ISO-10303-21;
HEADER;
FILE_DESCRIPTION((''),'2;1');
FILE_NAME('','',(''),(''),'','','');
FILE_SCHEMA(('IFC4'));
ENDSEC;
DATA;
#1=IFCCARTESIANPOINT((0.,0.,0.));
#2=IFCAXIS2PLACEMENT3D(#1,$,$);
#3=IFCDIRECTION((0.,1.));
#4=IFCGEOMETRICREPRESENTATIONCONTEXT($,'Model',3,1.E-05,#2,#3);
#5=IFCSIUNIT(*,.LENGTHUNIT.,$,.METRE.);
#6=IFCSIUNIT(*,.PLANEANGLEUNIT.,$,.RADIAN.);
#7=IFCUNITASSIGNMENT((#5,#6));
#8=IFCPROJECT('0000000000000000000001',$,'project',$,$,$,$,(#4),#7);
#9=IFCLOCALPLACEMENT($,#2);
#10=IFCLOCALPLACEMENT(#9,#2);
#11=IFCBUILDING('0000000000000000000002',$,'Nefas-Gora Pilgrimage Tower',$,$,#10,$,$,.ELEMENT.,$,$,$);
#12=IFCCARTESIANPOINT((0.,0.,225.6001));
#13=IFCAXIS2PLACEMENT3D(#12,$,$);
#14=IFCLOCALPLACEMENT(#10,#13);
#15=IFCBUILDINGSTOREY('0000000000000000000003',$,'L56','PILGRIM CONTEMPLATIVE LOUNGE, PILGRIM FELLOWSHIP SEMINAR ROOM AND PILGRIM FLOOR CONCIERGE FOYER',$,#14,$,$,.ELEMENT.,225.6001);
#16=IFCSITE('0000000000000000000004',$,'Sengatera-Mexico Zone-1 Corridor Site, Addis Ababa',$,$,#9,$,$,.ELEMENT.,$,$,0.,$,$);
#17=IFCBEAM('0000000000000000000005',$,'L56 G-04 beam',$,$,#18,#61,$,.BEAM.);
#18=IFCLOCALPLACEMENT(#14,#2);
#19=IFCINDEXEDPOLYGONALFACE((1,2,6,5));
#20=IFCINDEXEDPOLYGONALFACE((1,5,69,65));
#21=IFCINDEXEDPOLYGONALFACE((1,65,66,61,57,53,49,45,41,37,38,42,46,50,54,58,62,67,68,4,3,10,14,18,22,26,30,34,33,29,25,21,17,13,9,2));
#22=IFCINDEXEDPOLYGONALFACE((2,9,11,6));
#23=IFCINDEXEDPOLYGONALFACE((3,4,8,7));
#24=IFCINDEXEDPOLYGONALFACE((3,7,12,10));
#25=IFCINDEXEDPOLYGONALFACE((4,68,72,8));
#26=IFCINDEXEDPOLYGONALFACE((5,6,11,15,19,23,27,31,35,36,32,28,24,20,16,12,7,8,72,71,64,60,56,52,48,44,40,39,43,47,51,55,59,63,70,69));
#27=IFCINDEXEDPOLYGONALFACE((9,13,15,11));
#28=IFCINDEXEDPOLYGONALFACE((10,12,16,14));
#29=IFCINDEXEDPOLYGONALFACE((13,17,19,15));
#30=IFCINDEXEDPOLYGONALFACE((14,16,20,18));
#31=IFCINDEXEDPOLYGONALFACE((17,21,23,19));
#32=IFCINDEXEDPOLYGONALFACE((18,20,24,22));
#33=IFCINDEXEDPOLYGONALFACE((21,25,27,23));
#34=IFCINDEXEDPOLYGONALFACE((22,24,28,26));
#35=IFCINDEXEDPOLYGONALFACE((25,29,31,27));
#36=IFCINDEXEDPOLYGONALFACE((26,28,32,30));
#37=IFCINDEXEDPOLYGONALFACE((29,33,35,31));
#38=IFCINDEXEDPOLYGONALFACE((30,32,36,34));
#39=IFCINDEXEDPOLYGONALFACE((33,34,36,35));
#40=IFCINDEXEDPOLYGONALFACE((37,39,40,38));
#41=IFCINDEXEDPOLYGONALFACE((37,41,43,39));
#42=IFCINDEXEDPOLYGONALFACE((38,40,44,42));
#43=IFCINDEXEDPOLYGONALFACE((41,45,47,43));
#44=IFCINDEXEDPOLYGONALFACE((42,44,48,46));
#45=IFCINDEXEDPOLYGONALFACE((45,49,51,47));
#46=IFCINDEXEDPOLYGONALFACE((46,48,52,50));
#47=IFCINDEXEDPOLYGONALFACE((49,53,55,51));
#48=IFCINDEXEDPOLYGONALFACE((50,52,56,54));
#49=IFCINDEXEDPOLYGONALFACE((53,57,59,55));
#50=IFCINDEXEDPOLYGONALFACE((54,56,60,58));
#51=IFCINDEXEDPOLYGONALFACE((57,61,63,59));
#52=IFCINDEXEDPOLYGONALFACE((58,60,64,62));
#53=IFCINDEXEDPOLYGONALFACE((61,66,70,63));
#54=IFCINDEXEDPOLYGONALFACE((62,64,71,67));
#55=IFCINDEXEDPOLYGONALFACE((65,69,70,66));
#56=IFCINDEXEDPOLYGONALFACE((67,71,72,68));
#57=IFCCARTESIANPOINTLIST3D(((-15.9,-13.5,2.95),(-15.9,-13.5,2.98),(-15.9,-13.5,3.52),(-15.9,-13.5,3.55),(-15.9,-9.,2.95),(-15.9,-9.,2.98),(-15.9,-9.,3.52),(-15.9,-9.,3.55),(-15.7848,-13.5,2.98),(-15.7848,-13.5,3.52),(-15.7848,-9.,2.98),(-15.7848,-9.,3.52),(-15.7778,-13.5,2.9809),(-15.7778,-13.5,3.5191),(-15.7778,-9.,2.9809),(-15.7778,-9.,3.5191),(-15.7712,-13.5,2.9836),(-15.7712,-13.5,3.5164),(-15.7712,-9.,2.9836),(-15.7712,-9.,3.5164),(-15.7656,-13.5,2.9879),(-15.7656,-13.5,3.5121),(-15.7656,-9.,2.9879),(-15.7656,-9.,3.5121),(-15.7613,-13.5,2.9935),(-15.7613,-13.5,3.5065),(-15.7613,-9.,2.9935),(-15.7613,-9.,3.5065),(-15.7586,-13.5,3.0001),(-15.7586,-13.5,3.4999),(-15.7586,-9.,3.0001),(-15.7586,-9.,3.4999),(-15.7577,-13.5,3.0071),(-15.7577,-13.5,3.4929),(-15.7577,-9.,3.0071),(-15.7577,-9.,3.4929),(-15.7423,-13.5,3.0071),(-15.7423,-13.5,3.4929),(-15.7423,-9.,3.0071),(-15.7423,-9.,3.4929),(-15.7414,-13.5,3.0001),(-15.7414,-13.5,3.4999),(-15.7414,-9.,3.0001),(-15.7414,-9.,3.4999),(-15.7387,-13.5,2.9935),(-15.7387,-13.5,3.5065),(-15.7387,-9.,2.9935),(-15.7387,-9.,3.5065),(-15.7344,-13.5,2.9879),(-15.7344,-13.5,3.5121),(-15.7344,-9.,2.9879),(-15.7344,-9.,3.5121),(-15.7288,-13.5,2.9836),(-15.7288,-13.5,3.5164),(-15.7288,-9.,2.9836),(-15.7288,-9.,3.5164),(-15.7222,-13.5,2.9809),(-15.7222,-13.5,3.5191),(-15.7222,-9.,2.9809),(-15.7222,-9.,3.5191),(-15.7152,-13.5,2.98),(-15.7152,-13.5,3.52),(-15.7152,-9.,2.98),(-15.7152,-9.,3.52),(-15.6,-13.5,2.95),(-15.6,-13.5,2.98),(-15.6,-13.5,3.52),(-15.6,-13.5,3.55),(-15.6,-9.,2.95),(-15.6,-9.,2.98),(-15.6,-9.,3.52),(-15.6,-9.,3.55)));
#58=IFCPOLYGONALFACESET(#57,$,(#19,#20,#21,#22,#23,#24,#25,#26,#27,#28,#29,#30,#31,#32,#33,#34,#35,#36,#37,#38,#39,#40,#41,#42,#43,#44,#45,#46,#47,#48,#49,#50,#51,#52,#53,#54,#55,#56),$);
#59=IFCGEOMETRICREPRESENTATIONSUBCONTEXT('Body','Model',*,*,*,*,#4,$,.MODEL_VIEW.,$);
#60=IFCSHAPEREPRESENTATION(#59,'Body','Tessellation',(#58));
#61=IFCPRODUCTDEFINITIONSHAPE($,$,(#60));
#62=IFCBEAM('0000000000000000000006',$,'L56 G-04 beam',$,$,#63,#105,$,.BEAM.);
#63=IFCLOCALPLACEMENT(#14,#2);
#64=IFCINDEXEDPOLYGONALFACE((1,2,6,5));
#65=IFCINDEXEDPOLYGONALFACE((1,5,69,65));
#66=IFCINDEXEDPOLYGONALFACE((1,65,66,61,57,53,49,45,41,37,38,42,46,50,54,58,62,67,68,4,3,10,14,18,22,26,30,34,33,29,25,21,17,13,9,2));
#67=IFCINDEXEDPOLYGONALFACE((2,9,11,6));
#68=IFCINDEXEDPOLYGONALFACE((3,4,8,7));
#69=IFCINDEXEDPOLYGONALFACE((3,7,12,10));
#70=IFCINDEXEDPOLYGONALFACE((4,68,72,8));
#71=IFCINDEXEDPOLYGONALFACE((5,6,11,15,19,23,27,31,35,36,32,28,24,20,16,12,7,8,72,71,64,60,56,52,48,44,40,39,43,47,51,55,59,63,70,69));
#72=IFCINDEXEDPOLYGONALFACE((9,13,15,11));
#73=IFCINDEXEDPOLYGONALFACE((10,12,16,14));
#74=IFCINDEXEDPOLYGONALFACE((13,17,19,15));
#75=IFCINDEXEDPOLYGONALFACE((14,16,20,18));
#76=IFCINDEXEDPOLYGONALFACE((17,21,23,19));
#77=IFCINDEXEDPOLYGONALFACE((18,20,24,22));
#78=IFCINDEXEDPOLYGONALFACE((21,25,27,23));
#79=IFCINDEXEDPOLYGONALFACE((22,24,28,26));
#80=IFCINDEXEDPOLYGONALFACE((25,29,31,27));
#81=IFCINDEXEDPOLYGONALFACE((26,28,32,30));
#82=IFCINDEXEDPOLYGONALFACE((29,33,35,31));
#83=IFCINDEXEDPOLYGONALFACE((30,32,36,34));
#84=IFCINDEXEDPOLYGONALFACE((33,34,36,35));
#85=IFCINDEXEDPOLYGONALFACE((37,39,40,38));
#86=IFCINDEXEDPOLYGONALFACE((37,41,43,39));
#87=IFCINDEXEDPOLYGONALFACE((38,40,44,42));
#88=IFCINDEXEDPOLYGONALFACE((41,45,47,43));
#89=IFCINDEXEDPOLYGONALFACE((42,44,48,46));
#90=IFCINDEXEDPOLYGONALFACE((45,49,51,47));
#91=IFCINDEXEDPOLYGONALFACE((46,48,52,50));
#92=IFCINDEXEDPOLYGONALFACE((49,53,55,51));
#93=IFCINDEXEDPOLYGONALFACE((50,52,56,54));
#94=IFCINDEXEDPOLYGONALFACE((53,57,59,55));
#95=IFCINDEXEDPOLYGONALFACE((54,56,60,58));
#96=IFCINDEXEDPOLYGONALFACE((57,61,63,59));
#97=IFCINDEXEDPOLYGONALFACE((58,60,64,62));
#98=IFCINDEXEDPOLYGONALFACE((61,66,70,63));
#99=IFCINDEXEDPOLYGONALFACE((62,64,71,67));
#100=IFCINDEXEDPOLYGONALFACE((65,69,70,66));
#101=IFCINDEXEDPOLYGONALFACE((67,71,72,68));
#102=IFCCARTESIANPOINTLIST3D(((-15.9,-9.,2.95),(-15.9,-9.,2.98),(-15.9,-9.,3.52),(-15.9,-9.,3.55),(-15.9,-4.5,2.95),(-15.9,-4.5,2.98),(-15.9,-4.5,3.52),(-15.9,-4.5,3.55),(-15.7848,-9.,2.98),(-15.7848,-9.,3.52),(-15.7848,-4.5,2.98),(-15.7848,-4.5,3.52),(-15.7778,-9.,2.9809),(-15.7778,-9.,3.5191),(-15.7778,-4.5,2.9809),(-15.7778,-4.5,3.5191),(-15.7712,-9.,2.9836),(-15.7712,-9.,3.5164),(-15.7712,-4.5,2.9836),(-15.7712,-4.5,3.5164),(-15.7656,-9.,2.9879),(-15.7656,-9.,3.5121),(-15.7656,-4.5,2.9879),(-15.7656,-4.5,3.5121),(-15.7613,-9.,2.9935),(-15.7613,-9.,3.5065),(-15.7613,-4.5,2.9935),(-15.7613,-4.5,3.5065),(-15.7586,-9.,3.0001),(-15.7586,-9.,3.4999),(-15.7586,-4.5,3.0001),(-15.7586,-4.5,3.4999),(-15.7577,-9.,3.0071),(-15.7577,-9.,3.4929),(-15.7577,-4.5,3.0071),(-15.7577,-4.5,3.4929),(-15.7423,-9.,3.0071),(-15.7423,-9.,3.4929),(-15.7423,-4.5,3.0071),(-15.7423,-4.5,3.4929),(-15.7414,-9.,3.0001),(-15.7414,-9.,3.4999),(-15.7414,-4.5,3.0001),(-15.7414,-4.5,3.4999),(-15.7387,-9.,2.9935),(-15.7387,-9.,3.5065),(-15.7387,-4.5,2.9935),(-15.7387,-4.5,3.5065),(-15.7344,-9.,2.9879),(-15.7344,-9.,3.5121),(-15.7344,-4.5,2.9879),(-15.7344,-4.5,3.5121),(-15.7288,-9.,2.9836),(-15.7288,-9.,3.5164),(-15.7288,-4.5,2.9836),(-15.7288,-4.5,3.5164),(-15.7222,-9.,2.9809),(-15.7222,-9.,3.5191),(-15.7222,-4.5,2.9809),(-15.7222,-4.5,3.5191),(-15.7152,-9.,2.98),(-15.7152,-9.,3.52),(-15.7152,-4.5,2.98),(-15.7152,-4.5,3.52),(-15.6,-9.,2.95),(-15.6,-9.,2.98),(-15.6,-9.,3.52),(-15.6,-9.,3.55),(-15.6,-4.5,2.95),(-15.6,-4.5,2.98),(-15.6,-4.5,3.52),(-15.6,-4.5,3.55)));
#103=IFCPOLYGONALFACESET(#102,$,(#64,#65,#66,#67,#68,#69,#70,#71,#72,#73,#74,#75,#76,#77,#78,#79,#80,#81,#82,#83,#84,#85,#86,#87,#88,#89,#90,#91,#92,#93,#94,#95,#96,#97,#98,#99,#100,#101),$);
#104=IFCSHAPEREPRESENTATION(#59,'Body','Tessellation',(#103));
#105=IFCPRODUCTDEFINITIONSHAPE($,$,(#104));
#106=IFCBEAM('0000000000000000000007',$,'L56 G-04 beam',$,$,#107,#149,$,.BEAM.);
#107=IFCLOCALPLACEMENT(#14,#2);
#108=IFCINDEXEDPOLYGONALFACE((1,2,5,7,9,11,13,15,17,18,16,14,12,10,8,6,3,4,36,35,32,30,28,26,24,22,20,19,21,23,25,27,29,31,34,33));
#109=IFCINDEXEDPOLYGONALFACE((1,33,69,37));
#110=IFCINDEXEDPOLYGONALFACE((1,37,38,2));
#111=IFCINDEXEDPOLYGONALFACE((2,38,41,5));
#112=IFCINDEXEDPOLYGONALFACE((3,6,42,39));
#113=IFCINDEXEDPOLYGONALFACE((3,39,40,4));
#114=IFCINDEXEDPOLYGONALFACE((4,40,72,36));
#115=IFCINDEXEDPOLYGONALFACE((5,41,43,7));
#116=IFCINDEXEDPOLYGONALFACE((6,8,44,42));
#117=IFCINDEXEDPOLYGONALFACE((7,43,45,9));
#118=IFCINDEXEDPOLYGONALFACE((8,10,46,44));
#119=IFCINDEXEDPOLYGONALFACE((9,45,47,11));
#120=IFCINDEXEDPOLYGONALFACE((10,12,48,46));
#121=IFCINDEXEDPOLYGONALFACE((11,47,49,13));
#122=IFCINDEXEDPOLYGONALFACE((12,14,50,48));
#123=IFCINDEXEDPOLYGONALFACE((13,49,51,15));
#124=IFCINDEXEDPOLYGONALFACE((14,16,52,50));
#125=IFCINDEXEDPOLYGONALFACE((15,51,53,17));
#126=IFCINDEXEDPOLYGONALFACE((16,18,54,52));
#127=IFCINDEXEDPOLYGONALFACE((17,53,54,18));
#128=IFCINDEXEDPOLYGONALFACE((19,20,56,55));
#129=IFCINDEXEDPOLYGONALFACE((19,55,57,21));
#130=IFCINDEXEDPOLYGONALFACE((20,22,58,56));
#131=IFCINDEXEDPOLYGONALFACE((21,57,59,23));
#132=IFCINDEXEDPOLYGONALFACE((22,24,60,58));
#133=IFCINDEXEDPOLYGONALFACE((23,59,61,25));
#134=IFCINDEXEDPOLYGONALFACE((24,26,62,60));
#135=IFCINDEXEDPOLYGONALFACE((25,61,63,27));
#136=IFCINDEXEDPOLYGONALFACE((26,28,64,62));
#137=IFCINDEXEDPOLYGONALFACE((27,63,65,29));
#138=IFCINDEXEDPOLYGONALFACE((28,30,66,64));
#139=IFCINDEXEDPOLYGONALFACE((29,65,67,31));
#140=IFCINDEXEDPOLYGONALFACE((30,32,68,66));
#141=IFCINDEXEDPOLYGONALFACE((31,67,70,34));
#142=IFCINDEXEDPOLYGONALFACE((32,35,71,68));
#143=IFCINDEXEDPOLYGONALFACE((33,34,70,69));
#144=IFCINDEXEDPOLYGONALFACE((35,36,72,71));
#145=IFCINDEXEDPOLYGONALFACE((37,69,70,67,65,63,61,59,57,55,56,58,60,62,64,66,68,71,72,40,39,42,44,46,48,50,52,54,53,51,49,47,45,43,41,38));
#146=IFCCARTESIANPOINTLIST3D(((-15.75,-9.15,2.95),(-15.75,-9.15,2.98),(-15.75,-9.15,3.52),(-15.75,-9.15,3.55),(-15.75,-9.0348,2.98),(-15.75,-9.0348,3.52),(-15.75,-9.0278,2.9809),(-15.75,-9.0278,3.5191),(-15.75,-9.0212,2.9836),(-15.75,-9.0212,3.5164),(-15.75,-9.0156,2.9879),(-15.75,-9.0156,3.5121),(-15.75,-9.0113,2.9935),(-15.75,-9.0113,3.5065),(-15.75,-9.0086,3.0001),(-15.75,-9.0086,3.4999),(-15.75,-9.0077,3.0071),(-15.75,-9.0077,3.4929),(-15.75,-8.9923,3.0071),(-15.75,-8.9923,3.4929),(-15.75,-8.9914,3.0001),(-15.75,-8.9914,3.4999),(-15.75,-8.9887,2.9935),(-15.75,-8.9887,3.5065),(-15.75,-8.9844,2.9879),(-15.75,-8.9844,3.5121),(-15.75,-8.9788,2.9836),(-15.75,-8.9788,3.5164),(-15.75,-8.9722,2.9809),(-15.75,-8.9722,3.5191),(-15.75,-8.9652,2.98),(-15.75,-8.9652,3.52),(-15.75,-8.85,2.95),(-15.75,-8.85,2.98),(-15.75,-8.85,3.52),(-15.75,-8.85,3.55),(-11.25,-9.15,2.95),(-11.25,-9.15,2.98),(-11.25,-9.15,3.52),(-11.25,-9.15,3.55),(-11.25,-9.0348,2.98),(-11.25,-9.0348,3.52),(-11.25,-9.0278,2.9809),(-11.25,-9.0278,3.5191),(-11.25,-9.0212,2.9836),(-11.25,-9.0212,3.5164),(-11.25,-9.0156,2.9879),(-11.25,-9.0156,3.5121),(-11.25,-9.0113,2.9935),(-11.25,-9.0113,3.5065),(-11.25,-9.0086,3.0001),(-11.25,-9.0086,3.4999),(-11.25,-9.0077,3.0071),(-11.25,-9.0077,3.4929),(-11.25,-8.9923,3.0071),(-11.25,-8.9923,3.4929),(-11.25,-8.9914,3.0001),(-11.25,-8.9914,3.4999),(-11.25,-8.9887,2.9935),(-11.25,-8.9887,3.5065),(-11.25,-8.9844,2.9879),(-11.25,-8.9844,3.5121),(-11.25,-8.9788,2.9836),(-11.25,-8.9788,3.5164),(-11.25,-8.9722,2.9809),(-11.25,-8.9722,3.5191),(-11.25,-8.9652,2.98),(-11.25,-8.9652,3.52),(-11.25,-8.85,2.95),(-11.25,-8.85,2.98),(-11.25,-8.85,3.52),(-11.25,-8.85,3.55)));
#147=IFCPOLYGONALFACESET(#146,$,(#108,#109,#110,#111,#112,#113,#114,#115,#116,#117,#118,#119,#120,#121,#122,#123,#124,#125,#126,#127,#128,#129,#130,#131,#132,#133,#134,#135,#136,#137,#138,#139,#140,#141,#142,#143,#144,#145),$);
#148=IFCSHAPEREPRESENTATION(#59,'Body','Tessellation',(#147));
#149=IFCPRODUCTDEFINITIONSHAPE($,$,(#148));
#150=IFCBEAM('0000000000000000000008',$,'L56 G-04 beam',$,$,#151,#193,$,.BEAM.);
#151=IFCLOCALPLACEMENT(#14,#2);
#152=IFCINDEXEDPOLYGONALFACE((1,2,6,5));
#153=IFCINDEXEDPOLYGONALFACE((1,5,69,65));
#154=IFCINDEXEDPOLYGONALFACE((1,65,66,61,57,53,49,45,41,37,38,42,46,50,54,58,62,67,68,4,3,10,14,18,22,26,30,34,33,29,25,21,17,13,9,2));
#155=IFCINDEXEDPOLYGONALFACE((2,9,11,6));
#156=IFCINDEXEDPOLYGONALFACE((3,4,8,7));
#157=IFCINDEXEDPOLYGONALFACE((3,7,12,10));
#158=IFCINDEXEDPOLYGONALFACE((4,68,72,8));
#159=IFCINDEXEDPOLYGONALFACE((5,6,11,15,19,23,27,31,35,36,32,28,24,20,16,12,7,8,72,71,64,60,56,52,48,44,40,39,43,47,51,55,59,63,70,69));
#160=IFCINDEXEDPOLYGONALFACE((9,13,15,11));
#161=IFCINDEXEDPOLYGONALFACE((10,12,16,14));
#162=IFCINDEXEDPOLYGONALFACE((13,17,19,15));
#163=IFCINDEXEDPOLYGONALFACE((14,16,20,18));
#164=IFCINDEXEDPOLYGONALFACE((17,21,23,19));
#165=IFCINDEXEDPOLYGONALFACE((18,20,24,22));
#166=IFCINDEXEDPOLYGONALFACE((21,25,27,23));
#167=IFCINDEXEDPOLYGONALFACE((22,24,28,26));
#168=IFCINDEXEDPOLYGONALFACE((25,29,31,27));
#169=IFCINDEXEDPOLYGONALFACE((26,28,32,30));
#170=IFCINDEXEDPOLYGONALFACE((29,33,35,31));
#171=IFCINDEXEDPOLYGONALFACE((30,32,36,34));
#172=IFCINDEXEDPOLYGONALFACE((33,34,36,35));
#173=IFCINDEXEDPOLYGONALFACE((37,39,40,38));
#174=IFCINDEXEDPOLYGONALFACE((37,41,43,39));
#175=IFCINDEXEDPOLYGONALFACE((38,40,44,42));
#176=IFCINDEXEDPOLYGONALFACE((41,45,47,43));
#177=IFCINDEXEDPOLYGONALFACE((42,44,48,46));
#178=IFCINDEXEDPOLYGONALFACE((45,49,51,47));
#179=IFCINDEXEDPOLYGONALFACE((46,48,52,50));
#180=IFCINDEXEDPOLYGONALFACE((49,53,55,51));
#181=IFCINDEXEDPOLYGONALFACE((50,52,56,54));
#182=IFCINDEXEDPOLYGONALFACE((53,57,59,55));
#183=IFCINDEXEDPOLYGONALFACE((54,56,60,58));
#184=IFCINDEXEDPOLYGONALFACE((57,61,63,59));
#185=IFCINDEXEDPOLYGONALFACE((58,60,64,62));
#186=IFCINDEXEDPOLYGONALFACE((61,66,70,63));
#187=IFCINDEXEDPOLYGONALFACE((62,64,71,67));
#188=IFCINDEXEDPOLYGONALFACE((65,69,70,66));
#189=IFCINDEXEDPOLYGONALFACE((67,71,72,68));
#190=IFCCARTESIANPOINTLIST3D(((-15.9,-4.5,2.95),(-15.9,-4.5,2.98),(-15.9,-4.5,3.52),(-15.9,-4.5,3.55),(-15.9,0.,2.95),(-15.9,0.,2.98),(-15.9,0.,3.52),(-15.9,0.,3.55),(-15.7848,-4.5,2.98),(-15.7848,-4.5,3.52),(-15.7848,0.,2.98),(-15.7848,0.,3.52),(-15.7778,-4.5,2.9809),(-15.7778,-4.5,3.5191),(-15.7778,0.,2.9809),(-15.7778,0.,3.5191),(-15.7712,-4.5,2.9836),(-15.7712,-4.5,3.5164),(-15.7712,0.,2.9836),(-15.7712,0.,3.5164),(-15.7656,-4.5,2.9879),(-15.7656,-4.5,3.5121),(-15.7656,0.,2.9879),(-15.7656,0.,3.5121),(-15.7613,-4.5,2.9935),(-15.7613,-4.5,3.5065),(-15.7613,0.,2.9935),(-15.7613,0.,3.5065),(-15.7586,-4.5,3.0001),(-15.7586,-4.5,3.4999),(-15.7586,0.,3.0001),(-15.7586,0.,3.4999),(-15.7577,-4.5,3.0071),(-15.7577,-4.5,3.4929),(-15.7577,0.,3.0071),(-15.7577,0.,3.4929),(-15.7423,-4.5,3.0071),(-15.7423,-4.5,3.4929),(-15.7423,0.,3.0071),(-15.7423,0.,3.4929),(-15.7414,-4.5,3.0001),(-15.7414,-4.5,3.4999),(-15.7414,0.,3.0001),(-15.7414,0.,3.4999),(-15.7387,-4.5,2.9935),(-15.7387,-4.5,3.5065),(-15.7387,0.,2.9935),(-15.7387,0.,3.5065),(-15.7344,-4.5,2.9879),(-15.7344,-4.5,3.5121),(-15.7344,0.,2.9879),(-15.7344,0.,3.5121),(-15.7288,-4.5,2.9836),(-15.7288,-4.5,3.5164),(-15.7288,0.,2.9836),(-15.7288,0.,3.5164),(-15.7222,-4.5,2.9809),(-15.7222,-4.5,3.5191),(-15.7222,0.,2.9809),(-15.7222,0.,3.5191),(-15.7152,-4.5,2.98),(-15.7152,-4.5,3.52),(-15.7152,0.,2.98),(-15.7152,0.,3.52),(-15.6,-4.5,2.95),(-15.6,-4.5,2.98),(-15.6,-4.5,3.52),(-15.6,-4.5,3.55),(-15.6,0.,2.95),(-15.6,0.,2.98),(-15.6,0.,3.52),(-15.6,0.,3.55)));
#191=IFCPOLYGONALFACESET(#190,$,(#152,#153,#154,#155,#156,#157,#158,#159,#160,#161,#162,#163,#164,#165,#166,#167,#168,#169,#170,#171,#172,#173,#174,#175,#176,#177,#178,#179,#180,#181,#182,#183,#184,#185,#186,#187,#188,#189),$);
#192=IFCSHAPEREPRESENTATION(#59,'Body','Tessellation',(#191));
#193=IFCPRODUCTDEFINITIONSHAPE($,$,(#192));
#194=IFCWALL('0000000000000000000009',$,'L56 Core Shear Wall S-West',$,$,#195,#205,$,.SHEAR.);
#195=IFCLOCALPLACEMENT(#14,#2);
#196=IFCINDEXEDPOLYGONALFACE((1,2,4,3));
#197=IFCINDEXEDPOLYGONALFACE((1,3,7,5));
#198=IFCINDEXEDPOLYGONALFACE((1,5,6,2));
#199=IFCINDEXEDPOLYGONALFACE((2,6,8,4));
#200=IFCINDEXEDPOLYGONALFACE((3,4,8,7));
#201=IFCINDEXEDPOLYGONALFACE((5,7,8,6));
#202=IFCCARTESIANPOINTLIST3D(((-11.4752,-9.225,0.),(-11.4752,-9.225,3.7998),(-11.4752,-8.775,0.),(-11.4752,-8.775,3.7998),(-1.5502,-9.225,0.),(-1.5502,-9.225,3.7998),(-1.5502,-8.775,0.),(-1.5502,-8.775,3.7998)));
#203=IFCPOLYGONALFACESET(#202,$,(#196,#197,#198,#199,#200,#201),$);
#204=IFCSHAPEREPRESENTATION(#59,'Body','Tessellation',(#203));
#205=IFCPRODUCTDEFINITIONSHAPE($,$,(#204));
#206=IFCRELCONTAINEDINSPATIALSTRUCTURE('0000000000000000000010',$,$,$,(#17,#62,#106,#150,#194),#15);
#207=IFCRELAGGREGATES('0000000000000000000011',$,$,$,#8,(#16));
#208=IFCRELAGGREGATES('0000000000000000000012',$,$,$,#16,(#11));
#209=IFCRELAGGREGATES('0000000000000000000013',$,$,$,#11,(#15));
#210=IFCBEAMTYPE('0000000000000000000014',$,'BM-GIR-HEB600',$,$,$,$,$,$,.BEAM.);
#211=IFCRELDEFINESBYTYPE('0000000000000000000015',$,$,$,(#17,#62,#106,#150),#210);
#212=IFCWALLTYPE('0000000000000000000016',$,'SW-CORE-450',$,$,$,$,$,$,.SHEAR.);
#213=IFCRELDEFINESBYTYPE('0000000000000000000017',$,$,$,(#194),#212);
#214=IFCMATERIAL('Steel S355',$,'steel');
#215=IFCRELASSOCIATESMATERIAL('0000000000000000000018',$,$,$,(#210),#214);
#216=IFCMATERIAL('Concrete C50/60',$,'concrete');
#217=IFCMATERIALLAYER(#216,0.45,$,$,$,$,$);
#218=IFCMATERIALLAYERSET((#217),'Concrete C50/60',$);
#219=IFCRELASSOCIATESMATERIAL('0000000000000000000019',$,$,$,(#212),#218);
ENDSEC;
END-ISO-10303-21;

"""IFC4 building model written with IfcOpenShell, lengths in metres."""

from ifc_helpers import new_model, si_unit, direction, frame, frame_2d, origin, origin_2d, place, context, subcontext, project, spatial, rectangle, i_section, extrude, source, transform, mapped, material, layer, layer_set, material_profile, profile_set, type_object, element, save


model = new_model("IFC4")

# Units and contexts
model_context = context("Model", 3, precision=1e-05, world=origin(), true_north=direction((0.0, 1.0)))
body_context = subcontext(model_context, "Body", "Model", "MODEL_VIEW")
ifc_project = project(units=[si_unit("LENGTHUNIT", "METRE"), si_unit("PLANEANGLEUNIT", "RADIAN")], contexts=[model_context])

# Site, building, storey
site_placement = place(None, origin())
site = spatial("IfcSite", under=ifc_project, at=site_placement, Name="Sengatera-Mexico Zone-1 Corridor Site, Addis Ababa", CompositionType="ELEMENT", RefElevation=0.0)
building_placement = place(site_placement, origin())
building = spatial("IfcBuilding", under=site, at=building_placement, Name="Nefas-Gora Pilgrimage Tower", CompositionType="ELEMENT")
storey_placement = place(building_placement, frame((0.0, 0.0, 225.6001)))
storey = spatial("IfcBuildingStorey", under=building, at=storey_placement, Name="L56", Description="PILGRIM CONTEMPLATIVE LOUNGE, PILGRIM FELLOWSHIP SEMINAR ROOM AND PILGRIM FLOOR CONCIERGE FOYER", CompositionType="ELEMENT", Elevation=225.6001)

# Beams
ifc_material_1 = material(Name="Concrete C50/60", Category="concrete")
ifc_material_2 = material(Name="Steel S355", Category="steel")
ifc_material_profile_1 = material_profile(ifc_material_2, i_section(OverallWidth=0.3, OverallDepth=0.6001, WebThickness=0.0154, FlangeThickness=0.03, FilletRadius=0.0271, at=origin_2d()), Name="HEB 600")
ifc_profile_set_1 = profile_set([ifc_material_profile_1], Name="Steel S355")
beam_type_1 = type_object("IfcBeamType", Name="BM-GIR-HEB600", PredefinedType="BEAM", material=ifc_profile_set_1)
shared_shape_1 = source(origin(), body_context, "Body", "SweptSolid", [
    extrude(i_section(OverallWidth=0.3, OverallDepth=0.6001, WebThickness=0.0154, FlangeThickness=0.03, FilletRadius=0.0271, at=origin_2d()), origin(), (0.0, 0.0, 1.0), 4.5),
])
for number, where, z_axis, x_axis, name in (
    (1, (-15.75, -13.5, 3.25), (0.0, 1.0, 0.0), (-1.0, 0.0, 0.0), "L56 G-04 beam"),
    (2, (-15.75, -9.0, 3.25), (0.0, 1.0, 0.0), (-1.0, 0.0, 0.0), "L56 G-04 beam"),
    (3, (-15.75, -9.0, 3.25), (1.0, 0.0, 0.0), (0.0, 1.0, 0.0), "L56 G-04 beam"),
    (4, (-15.75, -4.5, 3.25), (0.0, 1.0, 0.0), (-1.0, 0.0, 0.0), "L56 G-04 beam"),
):
    element("IfcBeam", number, at=place(storey_placement, frame(where, z_axis=z_axis, x_axis=x_axis)), inside=storey, type_object=beam_type_1, Name=name, PredefinedType="BEAM", context=body_context, shape_type="MappedRepresentation", body=[
        mapped(shared_shape_1, transform((0.0, 0.0, 0.0), x_axis=(1.0, 0.0, 0.0), y_axis=(0.0, 1.0, 0.0), z_axis=(0.0, 0.0, 1.0), scale=1.0)),
    ])

# Wall
ifc_layer_1 = layer(ifc_material_1, 0.45)
ifc_layer_set_1 = layer_set([ifc_layer_1], Name="Concrete C50/60")
wall_type_1 = type_object("IfcWallType", Name="SW-CORE-450", PredefinedType="SHEAR", material=ifc_layer_set_1)
shared_shape_2 = source(origin(), body_context, "Body", "SweptSolid", [
    extrude(rectangle(XDim=9.925, YDim=0.45, at=frame_2d((4.9624, 0.0))), origin(), (0.0, 0.0, 1.0), 3.7998),
])
wall_1_placement = place(storey_placement, frame((-11.4751, -9.0, 0.0), z_axis=(0.0, 0.0, 1.0), x_axis=(1.0, 0.0, 0.0)))
element("IfcWall", 5, at=wall_1_placement, inside=storey, type_object=wall_type_1, Name="L56 Core Shear Wall S-West", PredefinedType="SHEAR", context=body_context, shape_type="MappedRepresentation", body=[
    mapped(shared_shape_2, transform((0.0, 0.0, 0.0), x_axis=(1.0, 0.0, 0.0), y_axis=(0.0, 1.0, 0.0), z_axis=(0.0, 0.0, 1.0), scale=1.0)),
])

save(model, "model.ifc")
